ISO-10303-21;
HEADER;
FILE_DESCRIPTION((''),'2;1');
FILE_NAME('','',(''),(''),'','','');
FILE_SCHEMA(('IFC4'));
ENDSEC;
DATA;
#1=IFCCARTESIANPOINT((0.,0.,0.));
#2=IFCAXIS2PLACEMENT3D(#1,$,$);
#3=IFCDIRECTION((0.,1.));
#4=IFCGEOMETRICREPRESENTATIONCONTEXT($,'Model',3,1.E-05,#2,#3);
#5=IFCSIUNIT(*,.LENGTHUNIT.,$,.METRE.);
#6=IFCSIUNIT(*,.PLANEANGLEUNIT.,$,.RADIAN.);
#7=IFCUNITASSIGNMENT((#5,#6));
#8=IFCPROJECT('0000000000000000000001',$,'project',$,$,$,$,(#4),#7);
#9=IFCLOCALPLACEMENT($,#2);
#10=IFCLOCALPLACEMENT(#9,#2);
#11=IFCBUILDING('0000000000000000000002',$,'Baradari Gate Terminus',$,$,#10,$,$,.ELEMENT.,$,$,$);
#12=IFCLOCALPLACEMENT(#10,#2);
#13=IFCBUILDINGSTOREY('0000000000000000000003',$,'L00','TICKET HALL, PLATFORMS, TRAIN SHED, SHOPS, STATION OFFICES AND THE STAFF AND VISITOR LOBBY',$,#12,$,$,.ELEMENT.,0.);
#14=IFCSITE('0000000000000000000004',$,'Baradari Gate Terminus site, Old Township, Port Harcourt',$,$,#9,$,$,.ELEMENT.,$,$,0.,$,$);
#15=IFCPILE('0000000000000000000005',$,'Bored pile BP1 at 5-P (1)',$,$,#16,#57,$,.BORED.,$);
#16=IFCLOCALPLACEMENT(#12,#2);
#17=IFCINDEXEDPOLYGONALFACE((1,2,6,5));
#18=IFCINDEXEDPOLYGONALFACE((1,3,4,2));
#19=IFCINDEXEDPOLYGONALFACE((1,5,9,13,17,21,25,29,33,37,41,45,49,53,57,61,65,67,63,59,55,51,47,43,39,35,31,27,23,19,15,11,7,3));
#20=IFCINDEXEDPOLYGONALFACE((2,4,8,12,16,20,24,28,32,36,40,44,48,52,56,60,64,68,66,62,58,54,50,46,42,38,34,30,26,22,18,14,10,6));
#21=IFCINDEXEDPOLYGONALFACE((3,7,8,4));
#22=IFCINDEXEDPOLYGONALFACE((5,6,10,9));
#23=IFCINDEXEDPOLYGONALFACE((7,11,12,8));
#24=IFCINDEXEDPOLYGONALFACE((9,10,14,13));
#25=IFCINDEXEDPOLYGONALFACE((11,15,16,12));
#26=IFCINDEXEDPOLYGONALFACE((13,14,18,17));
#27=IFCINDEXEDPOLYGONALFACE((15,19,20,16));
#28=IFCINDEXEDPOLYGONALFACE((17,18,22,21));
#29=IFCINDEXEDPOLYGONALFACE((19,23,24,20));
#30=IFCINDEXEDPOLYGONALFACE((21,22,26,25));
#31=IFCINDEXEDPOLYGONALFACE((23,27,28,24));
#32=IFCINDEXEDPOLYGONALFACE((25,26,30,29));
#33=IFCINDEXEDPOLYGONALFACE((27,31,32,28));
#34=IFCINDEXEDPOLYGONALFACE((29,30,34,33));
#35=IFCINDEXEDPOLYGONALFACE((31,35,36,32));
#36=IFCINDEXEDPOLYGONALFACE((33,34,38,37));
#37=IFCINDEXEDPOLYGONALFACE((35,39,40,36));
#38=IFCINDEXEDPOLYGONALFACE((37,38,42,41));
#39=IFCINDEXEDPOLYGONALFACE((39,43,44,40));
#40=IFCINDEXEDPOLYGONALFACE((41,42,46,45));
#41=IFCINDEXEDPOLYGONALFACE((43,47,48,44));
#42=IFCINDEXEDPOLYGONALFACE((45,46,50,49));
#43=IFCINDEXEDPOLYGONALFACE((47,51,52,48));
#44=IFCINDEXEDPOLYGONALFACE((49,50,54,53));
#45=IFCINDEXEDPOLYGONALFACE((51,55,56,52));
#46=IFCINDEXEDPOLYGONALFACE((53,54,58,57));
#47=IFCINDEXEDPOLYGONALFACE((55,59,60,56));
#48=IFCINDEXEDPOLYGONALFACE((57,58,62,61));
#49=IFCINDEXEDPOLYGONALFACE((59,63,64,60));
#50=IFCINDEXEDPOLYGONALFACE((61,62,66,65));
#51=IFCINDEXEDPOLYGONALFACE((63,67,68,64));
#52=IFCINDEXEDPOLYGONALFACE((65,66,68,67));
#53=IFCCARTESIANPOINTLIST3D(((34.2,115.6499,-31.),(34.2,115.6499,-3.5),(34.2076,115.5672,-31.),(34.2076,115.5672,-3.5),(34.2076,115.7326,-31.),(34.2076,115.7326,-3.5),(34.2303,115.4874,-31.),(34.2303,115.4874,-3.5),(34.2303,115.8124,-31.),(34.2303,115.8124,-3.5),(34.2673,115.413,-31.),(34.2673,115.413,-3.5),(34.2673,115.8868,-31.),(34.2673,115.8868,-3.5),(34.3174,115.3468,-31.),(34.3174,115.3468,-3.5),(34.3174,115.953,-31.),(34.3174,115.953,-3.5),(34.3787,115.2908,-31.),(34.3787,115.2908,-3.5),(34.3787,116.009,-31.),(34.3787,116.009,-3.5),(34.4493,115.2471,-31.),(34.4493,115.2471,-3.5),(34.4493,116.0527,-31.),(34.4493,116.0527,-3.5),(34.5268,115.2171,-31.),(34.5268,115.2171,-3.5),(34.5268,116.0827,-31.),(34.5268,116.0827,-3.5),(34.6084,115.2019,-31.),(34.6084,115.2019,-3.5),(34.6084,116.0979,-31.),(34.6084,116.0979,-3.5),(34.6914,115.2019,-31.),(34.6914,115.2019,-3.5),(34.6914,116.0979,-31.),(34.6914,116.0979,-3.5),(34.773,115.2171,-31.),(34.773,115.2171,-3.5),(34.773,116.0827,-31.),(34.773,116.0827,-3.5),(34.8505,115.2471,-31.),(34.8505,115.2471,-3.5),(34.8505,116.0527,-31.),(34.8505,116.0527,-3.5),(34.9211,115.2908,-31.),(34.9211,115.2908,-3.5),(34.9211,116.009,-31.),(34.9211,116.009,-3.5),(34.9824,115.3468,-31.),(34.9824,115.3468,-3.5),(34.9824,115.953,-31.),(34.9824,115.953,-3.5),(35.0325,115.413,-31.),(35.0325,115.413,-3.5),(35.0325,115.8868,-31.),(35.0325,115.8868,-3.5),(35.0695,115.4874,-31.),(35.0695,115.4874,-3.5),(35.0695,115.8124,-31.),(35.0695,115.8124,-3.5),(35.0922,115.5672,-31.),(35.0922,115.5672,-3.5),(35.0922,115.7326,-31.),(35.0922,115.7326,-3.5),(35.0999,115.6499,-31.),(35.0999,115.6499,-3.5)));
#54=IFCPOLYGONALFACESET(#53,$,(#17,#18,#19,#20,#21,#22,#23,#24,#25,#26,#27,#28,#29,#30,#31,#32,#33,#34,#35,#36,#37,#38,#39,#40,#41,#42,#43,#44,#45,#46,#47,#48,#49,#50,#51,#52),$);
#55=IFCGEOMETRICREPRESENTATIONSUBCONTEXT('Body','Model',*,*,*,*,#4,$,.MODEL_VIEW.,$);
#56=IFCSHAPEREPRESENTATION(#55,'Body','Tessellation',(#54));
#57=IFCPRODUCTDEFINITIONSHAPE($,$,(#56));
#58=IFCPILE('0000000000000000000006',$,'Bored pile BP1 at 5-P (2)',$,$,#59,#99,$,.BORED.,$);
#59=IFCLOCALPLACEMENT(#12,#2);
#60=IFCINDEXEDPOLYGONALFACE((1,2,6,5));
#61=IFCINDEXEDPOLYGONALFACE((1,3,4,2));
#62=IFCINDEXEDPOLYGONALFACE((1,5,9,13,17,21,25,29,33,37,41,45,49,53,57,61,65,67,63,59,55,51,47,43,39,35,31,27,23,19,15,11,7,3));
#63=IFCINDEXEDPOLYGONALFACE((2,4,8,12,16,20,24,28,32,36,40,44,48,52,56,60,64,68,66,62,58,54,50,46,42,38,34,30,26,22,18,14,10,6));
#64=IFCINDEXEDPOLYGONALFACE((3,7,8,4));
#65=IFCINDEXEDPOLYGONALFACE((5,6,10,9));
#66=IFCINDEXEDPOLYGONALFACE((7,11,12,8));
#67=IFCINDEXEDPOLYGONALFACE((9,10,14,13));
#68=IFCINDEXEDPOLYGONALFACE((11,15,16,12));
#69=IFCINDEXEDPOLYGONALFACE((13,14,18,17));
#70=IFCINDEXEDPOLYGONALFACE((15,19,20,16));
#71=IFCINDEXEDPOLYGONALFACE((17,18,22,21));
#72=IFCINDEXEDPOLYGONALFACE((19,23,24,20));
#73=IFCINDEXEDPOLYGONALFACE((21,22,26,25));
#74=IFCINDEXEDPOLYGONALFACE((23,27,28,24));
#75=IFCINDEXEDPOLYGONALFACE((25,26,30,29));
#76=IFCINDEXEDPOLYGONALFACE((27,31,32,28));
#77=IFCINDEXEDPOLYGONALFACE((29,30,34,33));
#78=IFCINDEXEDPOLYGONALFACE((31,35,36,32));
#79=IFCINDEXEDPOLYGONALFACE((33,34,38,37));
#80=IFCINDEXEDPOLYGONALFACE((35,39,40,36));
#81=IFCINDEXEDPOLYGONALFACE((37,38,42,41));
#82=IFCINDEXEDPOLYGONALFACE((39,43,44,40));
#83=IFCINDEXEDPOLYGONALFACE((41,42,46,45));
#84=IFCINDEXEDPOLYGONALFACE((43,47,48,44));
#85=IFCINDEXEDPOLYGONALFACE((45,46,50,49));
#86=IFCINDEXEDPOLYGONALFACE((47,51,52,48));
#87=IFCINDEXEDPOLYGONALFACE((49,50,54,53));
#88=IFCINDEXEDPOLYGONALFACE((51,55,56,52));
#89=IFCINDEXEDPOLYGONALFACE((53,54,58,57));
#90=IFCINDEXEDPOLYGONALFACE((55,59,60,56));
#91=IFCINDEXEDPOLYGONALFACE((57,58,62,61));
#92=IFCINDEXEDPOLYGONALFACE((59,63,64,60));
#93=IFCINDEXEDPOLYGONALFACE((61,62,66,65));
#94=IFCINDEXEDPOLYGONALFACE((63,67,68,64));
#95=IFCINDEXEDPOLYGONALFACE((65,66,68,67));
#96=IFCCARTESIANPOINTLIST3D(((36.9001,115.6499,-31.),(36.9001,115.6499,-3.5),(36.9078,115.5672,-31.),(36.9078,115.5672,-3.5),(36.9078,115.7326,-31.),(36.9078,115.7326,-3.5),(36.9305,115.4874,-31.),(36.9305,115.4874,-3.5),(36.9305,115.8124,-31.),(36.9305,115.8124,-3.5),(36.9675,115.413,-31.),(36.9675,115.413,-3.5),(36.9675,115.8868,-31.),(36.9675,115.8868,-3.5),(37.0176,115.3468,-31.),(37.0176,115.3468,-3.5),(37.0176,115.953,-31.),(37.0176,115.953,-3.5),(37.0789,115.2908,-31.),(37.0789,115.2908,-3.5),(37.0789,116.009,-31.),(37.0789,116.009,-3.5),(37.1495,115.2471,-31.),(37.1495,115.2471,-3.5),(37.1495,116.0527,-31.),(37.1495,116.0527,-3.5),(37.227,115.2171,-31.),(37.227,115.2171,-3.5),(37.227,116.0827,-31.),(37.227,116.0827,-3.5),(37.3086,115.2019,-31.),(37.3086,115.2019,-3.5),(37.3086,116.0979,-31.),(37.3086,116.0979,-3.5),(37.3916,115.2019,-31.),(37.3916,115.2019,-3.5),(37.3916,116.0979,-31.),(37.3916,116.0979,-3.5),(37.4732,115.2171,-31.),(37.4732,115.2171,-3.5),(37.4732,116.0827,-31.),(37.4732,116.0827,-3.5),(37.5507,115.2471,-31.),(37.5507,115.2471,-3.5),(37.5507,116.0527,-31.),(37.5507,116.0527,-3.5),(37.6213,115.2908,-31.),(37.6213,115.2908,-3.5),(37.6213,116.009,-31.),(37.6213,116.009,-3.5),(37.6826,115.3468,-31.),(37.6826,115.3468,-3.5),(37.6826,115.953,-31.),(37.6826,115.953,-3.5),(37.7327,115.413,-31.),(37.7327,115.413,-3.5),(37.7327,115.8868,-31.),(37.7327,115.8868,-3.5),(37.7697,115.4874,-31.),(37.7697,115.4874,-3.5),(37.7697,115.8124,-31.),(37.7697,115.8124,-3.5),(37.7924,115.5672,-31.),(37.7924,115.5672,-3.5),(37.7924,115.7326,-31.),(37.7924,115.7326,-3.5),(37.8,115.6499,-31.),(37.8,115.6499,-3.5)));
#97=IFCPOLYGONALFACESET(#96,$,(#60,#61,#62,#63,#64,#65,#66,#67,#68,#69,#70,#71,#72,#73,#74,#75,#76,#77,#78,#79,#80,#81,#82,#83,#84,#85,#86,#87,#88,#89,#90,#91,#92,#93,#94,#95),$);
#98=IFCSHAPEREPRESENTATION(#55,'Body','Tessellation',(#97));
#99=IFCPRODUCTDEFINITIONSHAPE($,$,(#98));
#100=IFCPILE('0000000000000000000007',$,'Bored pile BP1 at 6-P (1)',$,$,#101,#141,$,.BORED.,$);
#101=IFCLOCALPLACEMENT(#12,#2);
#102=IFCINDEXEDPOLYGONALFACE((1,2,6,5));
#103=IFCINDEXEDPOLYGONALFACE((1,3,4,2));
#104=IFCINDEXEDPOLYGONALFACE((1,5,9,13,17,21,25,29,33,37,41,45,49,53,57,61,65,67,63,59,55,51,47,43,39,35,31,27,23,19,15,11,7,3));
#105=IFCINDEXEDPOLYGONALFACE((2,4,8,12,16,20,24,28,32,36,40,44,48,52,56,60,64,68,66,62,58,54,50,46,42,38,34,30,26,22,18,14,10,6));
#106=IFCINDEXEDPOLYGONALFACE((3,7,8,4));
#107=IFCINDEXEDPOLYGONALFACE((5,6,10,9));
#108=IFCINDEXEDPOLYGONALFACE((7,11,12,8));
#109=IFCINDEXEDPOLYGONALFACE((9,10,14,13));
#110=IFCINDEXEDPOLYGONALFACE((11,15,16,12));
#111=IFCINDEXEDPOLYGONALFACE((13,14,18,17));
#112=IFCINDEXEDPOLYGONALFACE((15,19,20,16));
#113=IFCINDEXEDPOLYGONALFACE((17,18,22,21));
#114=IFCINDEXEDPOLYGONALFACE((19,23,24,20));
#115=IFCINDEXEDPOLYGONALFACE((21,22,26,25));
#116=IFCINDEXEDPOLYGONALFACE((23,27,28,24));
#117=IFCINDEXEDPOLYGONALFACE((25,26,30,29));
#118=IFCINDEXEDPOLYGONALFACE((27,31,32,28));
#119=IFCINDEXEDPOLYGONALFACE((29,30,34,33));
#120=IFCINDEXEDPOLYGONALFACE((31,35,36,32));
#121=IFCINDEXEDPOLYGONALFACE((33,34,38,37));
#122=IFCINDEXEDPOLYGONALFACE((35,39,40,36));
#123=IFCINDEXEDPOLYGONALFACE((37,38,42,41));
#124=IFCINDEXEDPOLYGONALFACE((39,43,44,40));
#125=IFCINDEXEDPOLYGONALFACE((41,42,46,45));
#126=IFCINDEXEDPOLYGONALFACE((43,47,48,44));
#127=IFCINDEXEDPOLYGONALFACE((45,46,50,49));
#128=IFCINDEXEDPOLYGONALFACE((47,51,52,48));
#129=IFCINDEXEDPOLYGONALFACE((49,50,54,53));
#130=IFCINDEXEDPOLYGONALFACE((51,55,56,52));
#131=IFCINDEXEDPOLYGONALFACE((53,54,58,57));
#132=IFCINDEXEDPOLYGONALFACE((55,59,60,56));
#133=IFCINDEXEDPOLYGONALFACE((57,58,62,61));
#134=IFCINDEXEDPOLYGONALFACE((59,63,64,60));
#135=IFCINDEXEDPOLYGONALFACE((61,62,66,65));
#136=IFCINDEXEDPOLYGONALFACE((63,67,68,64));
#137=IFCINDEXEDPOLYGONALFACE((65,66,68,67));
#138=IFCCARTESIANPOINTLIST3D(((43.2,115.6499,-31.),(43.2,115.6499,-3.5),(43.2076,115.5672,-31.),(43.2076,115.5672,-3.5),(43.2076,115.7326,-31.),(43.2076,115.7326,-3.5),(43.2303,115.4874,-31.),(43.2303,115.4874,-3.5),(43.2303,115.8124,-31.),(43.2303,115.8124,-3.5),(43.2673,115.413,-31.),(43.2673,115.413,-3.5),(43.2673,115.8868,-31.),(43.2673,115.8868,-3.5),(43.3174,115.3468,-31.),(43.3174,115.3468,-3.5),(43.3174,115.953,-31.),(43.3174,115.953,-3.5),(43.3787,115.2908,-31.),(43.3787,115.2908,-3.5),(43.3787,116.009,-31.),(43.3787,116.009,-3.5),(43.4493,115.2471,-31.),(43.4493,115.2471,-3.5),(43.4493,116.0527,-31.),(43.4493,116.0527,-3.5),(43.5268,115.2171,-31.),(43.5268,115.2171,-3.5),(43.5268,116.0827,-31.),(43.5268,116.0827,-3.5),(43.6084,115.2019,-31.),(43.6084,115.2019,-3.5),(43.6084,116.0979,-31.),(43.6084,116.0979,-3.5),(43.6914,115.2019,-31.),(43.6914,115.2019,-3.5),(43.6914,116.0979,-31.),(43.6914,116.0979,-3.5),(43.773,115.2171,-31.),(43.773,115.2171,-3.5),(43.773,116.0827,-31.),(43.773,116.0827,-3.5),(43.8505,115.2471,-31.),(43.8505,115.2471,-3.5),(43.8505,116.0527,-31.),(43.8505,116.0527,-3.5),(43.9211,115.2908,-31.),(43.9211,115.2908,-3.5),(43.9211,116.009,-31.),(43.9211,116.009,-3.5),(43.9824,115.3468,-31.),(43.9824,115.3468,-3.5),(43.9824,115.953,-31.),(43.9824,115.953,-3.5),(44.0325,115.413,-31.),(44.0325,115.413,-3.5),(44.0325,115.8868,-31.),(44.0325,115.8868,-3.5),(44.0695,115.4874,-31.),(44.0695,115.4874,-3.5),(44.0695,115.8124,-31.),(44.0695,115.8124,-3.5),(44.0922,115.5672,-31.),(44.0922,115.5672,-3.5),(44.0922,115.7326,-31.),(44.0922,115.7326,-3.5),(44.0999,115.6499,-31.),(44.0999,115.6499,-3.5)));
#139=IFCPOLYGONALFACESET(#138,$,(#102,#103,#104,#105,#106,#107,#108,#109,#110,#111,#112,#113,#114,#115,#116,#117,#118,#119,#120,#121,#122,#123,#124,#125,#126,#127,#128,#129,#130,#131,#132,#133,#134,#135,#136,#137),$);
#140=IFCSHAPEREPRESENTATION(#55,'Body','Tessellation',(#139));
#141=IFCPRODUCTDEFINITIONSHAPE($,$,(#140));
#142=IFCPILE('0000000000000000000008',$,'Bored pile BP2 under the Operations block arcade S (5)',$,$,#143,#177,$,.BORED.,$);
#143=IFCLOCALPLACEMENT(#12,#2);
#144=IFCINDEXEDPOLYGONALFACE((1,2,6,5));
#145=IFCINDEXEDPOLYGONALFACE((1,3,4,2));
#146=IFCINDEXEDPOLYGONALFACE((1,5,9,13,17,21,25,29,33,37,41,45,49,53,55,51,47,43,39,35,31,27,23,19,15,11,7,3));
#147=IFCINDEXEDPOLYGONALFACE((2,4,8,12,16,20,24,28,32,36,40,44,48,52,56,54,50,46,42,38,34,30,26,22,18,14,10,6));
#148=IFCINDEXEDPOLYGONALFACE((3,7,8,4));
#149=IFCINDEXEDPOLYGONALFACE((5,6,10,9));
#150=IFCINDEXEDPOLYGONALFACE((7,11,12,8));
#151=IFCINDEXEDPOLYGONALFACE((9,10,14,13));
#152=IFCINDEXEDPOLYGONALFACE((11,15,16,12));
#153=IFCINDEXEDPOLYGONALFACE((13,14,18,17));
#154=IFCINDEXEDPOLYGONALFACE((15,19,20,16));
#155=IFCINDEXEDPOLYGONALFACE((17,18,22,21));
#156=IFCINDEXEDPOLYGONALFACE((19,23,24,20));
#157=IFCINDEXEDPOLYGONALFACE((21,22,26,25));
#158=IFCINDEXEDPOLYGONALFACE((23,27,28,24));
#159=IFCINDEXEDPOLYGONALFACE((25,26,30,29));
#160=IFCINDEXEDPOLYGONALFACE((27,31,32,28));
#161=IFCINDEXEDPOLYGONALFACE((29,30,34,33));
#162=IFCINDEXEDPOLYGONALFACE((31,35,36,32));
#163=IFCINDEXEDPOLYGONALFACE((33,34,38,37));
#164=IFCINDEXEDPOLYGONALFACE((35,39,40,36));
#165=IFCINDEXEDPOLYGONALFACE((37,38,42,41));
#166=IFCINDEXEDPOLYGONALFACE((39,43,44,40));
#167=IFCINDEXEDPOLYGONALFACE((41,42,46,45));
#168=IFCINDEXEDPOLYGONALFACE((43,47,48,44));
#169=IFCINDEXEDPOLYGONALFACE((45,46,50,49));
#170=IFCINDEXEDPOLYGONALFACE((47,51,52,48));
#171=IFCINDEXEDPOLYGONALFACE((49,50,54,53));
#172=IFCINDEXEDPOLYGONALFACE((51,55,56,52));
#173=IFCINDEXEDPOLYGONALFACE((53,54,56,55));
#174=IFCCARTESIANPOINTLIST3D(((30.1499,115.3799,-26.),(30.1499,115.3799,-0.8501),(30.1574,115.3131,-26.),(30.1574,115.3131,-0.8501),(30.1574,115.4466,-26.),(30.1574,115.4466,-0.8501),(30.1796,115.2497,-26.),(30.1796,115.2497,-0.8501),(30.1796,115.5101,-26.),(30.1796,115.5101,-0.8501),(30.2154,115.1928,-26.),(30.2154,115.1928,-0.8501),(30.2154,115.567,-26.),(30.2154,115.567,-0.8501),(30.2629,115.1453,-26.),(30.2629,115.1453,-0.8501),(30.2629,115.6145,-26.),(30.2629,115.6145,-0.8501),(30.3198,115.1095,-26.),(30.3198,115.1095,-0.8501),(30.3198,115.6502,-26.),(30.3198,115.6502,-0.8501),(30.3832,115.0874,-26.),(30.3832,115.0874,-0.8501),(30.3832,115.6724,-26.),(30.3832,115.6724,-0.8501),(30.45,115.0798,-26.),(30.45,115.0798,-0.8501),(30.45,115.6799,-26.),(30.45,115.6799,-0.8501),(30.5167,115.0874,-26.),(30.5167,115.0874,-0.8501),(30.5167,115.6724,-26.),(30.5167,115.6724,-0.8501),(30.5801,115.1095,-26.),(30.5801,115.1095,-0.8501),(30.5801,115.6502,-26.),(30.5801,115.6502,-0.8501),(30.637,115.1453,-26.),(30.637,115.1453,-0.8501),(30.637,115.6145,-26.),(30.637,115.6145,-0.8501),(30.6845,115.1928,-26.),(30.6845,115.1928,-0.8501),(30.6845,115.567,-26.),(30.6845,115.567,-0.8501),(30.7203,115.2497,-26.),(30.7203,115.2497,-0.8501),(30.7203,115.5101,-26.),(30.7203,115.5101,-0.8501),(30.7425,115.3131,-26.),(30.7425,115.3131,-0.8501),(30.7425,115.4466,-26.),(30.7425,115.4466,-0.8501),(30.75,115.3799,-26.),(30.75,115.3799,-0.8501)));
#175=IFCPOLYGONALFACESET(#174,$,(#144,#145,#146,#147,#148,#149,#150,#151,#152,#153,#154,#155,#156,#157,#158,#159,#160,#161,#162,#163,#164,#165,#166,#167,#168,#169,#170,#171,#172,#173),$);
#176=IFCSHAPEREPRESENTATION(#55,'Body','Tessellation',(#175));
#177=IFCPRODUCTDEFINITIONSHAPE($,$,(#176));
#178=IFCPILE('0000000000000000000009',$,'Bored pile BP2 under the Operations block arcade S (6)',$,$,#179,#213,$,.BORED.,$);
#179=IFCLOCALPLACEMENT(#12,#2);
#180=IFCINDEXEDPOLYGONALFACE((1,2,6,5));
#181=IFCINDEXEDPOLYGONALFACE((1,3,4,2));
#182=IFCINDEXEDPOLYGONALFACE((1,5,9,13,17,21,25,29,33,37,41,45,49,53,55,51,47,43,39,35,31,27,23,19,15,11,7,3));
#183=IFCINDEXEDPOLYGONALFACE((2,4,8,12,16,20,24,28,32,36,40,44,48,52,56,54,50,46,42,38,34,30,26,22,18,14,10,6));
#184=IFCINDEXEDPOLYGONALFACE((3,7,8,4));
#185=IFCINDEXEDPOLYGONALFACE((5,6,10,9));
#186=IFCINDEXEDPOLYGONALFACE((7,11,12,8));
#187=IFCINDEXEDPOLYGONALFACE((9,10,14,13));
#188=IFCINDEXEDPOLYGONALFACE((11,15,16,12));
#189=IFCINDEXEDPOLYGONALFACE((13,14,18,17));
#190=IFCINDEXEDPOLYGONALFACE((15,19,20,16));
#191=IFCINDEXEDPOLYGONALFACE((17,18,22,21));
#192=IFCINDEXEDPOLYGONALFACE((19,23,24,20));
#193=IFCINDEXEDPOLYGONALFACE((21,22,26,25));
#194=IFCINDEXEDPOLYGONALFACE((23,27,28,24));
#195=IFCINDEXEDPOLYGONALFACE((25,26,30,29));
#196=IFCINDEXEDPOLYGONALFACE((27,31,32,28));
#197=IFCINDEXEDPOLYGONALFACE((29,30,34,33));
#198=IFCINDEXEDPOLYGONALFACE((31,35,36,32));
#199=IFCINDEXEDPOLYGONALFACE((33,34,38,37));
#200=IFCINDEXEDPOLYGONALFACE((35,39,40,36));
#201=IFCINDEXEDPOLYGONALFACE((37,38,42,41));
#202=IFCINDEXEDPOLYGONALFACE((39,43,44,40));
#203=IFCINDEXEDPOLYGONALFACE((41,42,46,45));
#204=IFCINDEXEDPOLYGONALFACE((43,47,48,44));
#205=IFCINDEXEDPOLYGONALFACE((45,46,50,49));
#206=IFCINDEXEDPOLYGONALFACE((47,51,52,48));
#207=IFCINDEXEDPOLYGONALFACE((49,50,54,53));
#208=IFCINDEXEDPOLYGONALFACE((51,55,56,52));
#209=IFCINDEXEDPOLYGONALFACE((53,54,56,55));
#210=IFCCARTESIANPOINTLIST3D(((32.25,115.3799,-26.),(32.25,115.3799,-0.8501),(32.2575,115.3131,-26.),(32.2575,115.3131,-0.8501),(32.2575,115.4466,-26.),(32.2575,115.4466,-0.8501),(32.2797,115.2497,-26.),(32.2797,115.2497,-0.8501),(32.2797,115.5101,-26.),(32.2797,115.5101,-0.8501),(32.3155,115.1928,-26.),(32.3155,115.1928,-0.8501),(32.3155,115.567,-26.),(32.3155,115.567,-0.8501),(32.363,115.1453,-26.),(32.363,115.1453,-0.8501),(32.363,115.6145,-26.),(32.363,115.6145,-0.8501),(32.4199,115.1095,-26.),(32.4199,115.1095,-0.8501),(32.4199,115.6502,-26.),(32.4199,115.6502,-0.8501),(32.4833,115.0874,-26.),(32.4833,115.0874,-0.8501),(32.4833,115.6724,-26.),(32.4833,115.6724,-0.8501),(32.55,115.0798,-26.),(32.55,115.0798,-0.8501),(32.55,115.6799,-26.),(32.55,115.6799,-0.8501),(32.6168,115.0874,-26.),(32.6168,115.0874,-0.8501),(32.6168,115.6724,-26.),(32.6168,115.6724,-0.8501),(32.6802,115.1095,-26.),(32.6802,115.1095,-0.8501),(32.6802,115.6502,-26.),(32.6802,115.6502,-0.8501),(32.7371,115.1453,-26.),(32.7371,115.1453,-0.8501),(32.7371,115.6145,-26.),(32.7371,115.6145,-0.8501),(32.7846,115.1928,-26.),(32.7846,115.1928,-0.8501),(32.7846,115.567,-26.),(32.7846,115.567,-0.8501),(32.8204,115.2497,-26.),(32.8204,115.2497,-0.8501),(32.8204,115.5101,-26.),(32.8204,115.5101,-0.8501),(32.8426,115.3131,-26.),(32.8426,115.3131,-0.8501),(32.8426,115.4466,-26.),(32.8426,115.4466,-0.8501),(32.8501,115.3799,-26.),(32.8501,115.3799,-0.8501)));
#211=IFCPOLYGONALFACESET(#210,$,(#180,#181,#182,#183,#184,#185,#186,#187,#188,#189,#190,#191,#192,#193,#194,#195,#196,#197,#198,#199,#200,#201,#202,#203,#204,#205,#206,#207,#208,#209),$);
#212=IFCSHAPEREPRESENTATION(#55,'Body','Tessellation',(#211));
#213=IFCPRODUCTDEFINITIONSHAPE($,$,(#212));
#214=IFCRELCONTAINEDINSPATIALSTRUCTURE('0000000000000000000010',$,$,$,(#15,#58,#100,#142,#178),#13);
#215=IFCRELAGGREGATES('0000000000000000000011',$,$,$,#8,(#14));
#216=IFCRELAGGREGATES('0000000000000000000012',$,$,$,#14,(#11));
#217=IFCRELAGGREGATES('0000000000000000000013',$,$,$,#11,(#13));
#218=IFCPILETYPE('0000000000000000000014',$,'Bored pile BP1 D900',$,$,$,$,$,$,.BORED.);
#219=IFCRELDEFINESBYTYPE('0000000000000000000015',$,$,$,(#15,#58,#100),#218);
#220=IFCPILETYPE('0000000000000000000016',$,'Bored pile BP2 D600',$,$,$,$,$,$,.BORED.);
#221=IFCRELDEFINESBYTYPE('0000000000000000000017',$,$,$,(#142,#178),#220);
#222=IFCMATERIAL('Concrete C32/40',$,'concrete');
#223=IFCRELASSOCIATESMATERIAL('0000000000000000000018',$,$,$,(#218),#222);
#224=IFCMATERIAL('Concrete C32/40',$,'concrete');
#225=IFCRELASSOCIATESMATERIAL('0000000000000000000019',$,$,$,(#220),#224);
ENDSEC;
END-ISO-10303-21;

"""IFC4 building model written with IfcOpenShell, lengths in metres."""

from ifc_helpers import new_model, si_unit, direction, frame, origin, origin_2d, place, context, subcontext, project, spatial, circle, extrude, material, type_object, element, save


model = new_model("IFC4")

# Units and contexts
model_context = context("Model", 3, precision=1e-05, world=origin(), true_north=direction((0.0, 1.0)))
body_context = subcontext(model_context, "Body", "Model", "MODEL_VIEW")
ifc_project = project(units=[si_unit("LENGTHUNIT", "METRE"), si_unit("PLANEANGLEUNIT", "RADIAN")], contexts=[model_context])

# Site, building, storey
site_placement = place(None, origin())
site = spatial("IfcSite", under=ifc_project, at=site_placement, Name="Baradari Gate Terminus site, Old Township, Port Harcourt", CompositionType="ELEMENT", RefElevation=0.0)
building_placement = place(site_placement, origin())
building = spatial("IfcBuilding", under=site, at=building_placement, Name="Baradari Gate Terminus", CompositionType="ELEMENT")
storey_placement = place(building_placement, origin())
storey = spatial("IfcBuildingStorey", under=building, at=storey_placement, Name="L00", Description="TICKET HALL, PLATFORMS, TRAIN SHED, SHOPS, STATION OFFICES AND THE STAFF AND VISITOR LOBBY", CompositionType="ELEMENT", Elevation=0.0)

# Piles
ifc_material_1 = material(Name="Concrete C32/40", Category="concrete")
pile_type_1 = type_object("IfcPileType", Name="Bored pile BP1 D900", PredefinedType="BORED", material=ifc_material_1)
for number, where, z_axis, x_axis, name in (
    (1, (34.6499, 115.6499, -3.5), (0.0, 0.0, -1.0), (1.0, 0.0, 0.0), "Bored pile BP1 at 5-P (1)"),
    (2, (37.3501, 115.6499, -3.5), (0.0, 0.0, -1.0), (1.0, 0.0, 0.0), "Bored pile BP1 at 5-P (2)"),
    (3, (43.6499, 115.6499, -3.5), (0.0, 0.0, -1.0), (1.0, 0.0, 0.0), "Bored pile BP1 at 6-P (1)"),
):
    element("IfcPile", number, at=place(storey_placement, frame(where, z_axis=z_axis, x_axis=x_axis)), inside=storey, type_object=pile_type_1, Name=name, PredefinedType="BORED", context=body_context, shape_type="SweptSolid", body=[
        extrude(circle(Radius=0.45, at=origin_2d()), origin(), (0.0, 0.0, 1.0), 27.5),
    ])
ifc_material_2 = material(Name="Concrete C32/40", Category="concrete")
pile_type_2 = type_object("IfcPileType", Name="Bored pile BP2 D600", PredefinedType="BORED", material=ifc_material_2)
for number, where, z_axis, x_axis, name in (
    (4, (30.45, 115.3799, -0.8501), (0.0, 0.0, -1.0), (1.0, 0.0, 0.0), "Bored pile BP2 under the Operations block arcade S (5)"),
    (5, (32.55, 115.3799, -0.8501), (0.0, 0.0, -1.0), (1.0, 0.0, 0.0), "Bored pile BP2 under the Operations block arcade S (6)"),
):
    element("IfcPile", number, at=place(storey_placement, frame(where, z_axis=z_axis, x_axis=x_axis)), inside=storey, type_object=pile_type_2, Name=name, PredefinedType="BORED", context=body_context, shape_type="SweptSolid", body=[
        extrude(circle(Radius=0.3, at=origin_2d()), origin(), (0.0, 0.0, 1.0), 25.1499),
    ])

save(model, "model.ifc")
